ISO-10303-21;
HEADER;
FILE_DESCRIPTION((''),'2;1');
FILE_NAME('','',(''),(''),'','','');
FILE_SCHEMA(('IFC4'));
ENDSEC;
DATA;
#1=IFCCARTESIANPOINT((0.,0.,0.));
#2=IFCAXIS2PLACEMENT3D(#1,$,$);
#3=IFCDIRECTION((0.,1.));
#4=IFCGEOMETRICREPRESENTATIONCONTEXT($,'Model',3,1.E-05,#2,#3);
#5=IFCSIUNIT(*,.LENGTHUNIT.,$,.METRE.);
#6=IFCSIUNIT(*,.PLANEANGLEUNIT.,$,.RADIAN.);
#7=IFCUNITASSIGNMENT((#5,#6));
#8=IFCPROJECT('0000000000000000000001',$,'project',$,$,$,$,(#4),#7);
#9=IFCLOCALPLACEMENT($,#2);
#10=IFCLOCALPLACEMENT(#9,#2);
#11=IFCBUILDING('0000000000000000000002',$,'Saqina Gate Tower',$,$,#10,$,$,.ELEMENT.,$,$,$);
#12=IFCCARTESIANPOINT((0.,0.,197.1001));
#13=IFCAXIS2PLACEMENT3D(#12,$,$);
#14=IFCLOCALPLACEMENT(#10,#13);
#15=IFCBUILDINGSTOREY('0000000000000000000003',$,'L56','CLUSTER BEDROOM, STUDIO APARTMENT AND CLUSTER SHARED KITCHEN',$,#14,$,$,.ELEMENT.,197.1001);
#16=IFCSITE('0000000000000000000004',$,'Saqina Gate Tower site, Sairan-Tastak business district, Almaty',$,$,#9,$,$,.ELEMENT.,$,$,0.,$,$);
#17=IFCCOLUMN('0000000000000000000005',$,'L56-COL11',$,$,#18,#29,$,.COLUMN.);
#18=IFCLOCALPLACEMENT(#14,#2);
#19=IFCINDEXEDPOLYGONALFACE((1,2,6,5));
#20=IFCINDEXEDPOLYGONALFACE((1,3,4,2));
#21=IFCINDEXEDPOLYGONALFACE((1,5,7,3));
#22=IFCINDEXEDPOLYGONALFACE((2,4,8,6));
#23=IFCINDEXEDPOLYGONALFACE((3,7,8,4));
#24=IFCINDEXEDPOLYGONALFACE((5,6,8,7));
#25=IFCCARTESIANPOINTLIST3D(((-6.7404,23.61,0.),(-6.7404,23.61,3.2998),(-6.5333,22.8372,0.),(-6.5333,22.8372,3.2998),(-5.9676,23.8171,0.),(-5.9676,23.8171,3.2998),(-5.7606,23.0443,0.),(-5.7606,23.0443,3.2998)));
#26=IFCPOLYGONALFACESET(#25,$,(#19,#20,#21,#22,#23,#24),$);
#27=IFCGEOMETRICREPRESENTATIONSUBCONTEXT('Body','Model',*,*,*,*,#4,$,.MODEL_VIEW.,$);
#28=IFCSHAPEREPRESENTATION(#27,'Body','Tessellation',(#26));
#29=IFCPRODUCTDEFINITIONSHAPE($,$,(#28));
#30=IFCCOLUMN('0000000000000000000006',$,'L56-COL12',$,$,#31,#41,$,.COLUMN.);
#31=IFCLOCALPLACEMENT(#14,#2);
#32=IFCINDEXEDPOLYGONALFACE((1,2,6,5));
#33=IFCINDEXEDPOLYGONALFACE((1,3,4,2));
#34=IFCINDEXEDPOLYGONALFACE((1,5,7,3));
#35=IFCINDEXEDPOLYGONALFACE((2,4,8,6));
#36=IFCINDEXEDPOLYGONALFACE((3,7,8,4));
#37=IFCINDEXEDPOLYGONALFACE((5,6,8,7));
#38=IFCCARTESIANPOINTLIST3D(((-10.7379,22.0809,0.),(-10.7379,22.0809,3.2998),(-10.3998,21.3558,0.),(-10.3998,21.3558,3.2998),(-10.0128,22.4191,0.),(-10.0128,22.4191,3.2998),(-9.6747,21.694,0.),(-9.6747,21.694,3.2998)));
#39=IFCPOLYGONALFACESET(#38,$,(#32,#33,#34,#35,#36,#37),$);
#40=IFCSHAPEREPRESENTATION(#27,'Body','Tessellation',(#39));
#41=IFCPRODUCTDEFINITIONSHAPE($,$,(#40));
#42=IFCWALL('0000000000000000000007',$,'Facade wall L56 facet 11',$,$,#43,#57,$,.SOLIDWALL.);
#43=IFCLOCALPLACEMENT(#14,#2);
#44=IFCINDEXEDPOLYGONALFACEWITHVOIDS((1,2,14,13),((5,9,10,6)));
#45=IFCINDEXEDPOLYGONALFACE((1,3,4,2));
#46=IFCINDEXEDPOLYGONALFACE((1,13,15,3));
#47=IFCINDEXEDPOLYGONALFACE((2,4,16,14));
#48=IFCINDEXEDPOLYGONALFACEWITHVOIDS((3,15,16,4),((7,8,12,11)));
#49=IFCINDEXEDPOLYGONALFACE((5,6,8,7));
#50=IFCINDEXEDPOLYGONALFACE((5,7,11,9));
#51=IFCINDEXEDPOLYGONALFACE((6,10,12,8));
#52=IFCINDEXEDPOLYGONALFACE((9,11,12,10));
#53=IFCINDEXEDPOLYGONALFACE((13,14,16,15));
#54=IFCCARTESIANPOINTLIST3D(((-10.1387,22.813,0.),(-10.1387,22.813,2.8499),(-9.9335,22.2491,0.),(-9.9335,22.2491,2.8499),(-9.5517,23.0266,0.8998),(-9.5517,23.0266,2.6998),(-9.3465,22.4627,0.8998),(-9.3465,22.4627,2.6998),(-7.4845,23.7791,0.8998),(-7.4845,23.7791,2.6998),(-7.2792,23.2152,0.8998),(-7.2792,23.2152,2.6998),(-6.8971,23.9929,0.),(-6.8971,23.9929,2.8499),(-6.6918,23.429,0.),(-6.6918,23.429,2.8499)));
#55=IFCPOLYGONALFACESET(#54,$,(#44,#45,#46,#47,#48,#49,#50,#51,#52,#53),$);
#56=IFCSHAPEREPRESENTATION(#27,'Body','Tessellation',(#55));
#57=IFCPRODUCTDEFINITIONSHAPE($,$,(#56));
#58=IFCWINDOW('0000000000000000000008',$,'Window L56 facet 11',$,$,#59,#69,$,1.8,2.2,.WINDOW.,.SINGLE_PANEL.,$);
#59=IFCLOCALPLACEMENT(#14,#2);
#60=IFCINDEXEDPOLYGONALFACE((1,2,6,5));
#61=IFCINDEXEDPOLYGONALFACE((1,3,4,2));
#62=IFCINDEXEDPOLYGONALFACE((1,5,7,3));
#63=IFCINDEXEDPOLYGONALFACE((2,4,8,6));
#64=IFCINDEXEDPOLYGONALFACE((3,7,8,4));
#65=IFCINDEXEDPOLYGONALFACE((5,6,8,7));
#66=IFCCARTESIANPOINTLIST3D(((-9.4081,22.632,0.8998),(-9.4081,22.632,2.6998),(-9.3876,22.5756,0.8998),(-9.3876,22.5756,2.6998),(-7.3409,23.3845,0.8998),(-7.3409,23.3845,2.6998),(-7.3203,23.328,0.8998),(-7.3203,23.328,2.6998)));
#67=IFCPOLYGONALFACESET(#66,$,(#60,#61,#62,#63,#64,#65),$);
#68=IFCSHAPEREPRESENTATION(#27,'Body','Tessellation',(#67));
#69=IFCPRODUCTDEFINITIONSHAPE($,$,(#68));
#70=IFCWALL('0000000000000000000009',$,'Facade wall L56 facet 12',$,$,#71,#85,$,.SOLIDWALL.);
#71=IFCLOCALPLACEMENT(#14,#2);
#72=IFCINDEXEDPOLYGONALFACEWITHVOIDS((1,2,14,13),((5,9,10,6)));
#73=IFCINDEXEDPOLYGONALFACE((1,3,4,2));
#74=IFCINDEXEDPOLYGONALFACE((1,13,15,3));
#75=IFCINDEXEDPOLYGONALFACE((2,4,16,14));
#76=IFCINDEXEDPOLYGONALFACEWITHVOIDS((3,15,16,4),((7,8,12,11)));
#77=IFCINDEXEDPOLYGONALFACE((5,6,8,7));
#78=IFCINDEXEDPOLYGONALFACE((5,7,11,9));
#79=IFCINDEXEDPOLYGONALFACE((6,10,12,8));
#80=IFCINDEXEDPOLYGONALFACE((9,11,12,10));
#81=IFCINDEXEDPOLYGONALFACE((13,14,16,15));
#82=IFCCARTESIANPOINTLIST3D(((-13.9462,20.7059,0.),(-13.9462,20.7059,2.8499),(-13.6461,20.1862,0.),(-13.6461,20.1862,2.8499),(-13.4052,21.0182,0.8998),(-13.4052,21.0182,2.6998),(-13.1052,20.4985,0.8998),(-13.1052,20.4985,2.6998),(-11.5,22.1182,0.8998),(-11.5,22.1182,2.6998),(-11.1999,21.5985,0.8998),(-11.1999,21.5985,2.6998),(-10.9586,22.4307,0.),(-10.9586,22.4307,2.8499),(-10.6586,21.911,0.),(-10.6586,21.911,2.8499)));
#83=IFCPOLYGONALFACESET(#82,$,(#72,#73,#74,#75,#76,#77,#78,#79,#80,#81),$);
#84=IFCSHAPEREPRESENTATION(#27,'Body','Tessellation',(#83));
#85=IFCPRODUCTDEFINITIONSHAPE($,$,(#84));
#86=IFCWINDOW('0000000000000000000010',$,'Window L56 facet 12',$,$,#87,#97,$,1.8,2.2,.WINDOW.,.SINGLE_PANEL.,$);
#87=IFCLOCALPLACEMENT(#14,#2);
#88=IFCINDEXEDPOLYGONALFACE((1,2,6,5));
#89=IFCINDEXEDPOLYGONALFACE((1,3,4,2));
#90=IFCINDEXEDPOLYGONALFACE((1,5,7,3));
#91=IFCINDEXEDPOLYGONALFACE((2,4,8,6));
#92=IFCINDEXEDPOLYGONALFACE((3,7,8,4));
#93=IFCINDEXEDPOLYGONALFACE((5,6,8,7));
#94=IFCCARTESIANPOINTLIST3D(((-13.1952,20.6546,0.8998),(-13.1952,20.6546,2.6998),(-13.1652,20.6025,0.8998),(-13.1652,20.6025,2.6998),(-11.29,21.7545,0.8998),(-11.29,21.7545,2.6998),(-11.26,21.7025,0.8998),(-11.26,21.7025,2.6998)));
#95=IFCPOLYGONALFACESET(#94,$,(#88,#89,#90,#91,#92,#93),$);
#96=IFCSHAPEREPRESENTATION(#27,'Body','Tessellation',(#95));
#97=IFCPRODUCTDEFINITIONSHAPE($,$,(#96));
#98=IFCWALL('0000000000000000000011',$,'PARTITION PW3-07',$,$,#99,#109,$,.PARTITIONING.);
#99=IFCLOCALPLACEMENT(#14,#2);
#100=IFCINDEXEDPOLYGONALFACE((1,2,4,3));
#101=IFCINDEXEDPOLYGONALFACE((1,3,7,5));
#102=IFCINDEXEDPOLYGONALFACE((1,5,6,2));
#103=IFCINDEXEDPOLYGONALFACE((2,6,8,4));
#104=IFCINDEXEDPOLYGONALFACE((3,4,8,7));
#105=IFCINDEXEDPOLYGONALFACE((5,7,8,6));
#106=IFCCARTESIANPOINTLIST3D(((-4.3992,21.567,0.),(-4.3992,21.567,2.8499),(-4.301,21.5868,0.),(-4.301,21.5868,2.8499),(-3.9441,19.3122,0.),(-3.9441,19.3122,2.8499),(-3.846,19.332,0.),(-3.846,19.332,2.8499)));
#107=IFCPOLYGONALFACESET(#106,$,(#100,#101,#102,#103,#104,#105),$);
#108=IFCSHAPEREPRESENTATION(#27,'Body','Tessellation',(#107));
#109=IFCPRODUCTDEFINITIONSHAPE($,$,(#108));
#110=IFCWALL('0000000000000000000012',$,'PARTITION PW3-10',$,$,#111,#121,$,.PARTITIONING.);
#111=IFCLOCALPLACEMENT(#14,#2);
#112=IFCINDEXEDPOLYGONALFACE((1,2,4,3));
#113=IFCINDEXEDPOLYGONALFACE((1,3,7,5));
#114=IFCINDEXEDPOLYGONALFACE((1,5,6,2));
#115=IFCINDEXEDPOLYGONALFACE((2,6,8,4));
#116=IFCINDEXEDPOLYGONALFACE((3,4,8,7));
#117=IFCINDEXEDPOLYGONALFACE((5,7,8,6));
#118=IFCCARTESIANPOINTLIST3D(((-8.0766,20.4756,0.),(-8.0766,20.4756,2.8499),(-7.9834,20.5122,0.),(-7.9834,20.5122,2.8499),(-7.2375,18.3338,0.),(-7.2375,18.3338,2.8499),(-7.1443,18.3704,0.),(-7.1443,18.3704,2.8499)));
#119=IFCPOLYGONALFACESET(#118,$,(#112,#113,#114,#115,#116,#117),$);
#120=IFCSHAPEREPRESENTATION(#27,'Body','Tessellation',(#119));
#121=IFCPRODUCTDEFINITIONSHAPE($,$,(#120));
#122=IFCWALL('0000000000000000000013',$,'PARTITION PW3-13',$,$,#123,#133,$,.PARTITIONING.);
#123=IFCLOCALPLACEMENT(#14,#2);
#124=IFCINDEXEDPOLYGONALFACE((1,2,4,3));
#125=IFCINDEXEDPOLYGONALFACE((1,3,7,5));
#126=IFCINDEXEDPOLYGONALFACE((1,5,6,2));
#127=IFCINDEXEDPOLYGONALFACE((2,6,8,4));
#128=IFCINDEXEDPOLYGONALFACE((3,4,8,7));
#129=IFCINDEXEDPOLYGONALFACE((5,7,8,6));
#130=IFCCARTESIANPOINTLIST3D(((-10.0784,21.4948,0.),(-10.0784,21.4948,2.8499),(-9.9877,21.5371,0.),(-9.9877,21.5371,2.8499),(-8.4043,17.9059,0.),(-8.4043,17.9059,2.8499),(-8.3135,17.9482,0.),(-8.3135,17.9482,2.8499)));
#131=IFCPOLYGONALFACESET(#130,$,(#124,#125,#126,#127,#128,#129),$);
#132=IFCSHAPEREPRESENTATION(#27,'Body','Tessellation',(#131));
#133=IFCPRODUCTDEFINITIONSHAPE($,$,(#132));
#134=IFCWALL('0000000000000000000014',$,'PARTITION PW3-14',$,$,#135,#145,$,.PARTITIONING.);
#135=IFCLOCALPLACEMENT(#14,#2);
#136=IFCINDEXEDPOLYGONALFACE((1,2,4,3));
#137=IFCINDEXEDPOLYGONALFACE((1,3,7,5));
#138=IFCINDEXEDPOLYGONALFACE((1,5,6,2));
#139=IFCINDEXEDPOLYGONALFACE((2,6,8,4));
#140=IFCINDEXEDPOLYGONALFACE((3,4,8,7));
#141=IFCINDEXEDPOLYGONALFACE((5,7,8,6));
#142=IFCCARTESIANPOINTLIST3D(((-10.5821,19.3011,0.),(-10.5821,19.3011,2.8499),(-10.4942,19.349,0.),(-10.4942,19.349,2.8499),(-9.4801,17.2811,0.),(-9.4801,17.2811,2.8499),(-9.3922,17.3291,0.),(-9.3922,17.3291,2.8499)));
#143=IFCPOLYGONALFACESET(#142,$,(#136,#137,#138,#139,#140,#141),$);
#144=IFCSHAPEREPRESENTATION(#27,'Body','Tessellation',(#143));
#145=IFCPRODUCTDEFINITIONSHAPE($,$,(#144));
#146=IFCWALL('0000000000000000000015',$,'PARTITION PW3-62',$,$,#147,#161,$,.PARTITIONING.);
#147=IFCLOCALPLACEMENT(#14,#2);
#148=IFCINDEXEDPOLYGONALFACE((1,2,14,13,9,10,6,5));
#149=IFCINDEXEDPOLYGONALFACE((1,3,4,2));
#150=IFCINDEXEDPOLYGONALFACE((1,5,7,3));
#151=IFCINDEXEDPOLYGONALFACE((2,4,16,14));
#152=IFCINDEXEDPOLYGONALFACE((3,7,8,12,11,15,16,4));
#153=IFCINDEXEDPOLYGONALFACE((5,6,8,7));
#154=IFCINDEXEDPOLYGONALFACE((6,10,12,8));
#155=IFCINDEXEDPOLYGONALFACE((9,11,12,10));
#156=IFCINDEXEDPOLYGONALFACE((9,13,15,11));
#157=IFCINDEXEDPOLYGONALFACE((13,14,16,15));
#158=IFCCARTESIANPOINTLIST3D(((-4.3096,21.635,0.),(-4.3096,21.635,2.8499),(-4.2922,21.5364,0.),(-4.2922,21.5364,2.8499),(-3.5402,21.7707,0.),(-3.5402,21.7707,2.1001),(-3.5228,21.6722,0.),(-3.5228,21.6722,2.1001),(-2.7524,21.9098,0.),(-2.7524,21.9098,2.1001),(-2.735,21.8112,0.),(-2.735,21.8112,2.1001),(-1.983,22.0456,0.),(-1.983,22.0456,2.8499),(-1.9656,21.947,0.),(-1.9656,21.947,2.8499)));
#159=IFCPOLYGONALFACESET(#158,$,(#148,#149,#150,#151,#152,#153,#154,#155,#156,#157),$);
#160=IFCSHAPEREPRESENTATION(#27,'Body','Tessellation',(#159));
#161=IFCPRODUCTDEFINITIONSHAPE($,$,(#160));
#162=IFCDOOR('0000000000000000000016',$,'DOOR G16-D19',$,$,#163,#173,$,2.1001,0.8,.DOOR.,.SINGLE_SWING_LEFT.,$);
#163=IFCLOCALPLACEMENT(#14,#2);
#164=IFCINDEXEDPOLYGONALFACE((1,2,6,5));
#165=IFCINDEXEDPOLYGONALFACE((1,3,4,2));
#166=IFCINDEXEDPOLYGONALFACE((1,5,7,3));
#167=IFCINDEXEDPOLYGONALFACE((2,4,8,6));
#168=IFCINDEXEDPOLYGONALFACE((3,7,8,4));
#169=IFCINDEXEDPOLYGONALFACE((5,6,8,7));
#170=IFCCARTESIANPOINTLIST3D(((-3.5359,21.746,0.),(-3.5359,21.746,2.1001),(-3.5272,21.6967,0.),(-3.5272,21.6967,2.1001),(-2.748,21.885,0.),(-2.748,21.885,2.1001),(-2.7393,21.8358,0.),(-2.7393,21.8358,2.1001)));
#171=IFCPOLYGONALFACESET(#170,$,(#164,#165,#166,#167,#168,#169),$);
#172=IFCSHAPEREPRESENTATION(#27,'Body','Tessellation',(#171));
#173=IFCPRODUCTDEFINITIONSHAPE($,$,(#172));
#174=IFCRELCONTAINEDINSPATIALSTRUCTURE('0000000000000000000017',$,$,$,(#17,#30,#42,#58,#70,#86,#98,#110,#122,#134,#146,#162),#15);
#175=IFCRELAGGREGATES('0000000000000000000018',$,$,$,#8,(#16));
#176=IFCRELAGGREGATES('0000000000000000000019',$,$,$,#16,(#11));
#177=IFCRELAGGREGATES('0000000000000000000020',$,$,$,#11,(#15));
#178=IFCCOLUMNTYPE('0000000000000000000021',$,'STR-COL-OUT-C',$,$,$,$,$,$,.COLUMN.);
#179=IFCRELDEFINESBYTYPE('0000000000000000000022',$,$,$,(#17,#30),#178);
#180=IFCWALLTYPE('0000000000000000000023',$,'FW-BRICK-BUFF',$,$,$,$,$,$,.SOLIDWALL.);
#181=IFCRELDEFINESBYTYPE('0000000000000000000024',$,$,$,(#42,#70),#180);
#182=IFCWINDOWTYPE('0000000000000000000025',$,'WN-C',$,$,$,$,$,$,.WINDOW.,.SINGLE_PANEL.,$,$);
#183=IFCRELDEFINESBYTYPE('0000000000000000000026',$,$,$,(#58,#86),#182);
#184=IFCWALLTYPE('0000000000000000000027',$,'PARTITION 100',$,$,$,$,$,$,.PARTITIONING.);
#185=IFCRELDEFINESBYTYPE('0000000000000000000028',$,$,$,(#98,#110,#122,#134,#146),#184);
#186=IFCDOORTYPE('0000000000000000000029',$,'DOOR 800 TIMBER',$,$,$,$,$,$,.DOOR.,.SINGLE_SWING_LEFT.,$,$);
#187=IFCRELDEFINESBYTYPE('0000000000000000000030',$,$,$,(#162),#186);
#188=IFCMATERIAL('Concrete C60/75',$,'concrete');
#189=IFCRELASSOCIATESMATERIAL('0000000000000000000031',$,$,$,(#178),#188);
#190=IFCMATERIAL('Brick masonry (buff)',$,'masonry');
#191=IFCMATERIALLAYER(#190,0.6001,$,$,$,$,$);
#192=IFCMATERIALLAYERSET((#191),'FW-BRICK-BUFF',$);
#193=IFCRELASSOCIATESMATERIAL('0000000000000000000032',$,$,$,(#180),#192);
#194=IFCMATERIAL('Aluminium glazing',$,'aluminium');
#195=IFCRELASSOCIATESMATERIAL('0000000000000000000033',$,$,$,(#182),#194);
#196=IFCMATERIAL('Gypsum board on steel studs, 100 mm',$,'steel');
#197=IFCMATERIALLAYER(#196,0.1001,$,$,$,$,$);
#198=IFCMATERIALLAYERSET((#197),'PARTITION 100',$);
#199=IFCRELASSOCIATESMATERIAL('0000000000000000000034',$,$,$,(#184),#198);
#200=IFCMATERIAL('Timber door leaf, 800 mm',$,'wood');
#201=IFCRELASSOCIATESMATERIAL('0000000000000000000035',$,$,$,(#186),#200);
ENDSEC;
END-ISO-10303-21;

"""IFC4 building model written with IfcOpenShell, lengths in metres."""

from ifc_helpers import new_model, si_unit, direction, frame, frame_2d, origin, origin_2d, place, context, subcontext, project, spatial, rectangle, extrude, material, layer, layer_set, material_profile, profile_set, type_object, element, fill, save


model = new_model("IFC4")

# Units and contexts
model_context = context("Model", 3, precision=1e-05, world=origin(), true_north=direction((0.0, 1.0)))
body_context = subcontext(model_context, "Body", "Model", "MODEL_VIEW")
ifc_project = project(units=[si_unit("LENGTHUNIT", "METRE"), si_unit("PLANEANGLEUNIT", "RADIAN")], contexts=[model_context])

# Site, building, storey
site_placement = place(None, origin())
site = spatial("IfcSite", under=ifc_project, at=site_placement, Name="Saqina Gate Tower site, Sairan-Tastak business district, Almaty", CompositionType="ELEMENT", RefElevation=0.0)
building_placement = place(site_placement, origin())
building = spatial("IfcBuilding", under=site, at=building_placement, Name="Saqina Gate Tower", CompositionType="ELEMENT")
storey_placement = place(building_placement, frame((0.0, 0.0, 197.1001)))
storey = spatial("IfcBuildingStorey", under=building, at=storey_placement, Name="L56", Description="CLUSTER BEDROOM, STUDIO APARTMENT AND CLUSTER SHARED KITCHEN", CompositionType="ELEMENT", Elevation=197.1001)

# Columns
ifc_material_1 = material(Name="Concrete C60/75", Category="concrete")
ifc_material_profile = material_profile(ifc_material_1, rectangle(XDim=0.8, YDim=0.8, at=origin_2d()), Name="RC 800x800")
ifc_profile_set = profile_set([ifc_material_profile], Name="Concrete C60/75")
column_type = type_object("IfcColumnType", Name="STR-COL-OUT-C", PredefinedType="COLUMN", material=ifc_profile_set)
for number, where, z_axis, x_axis, name in (
    (1, (-6.2505, 23.3271, 0.0), (0.0, 0.0, 1.0), (-0.258819, 0.965926, 0.0), "L56-COL11"),
    (2, (-10.2063, 21.8875, 0.0), (0.0, 0.0, 1.0), (-0.422618, 0.906308, 0.0), "L56-COL12"),
):
    element("IfcColumn", number, at=place(storey_placement, frame(where, z_axis=z_axis, x_axis=x_axis)), inside=storey, type_object=column_type, Name=name, PredefinedType="COLUMN", context=body_context, shape_type="SweptSolid", body=[
        extrude(rectangle(XDim=0.8, YDim=0.8, at=origin_2d()), origin(), (0.0, 0.0, 1.0), 3.2998),
    ])

# Walls, openings, windows
ifc_material_2 = material(Name="Brick masonry (buff)", Category="masonry")
ifc_layer_1 = layer(ifc_material_2, 0.6001)
ifc_layer_set_1 = layer_set([ifc_layer_1], Name="FW-BRICK-BUFF")
wall_type_1 = type_object("IfcWallType", Name="FW-BRICK-BUFF", PredefinedType="SOLIDWALL", material=ifc_layer_set_1)
wall_1_placement = place(storey_placement, frame((-6.7944, 23.7109, 0.0), z_axis=(0.0, 0.0, 1.0), x_axis=(-0.939688, -0.342033, 0.0)))
wall_1 = element("IfcWall", 3, at=wall_1_placement, inside=storey, type_object=wall_type_1, Name="Facade wall L56 facet 11", PredefinedType="SOLIDWALL", context=body_context, shape_type="SweptSolid", body=[
    extrude(rectangle(XDim=3.4497, YDim=0.6001, at=frame_2d((1.7249, 0.0))), origin(), (0.0, 0.0, 1.0), 2.8499),
])
opening_1_placement = place(wall_1_placement, frame((0.625, 0.0, 0.8999)))
opening_1 = element("IfcOpeningElement", 4, at=opening_1_placement, cuts=wall_1, PredefinedType="OPENING", context=body_context, shape_type="SweptSolid", body=[
    extrude(rectangle(XDim=2.2, YDim=1.8, at=frame_2d((1.1001, 0.8999))), frame((0.0, 0.312, 0.0), z_axis=(0.0, -1.0, 0.0), x_axis=(1.0, 0.0, 0.0)), (0.0, 0.0, 1.0), 0.624),
])
ifc_material_3 = material(Name="Aluminium glazing", Category="aluminium")
window_type = type_object("IfcWindowType", Name="WN-C", PartitioningType="SINGLE_PANEL", PredefinedType="WINDOW", material=ifc_material_3)
window_1_placement = place(opening_1_placement, origin())
window_1 = element("IfcWindow", 5, at=window_1_placement, inside=storey, type_object=window_type, Name="Window L56 facet 11", OverallHeight=1.8, OverallWidth=2.2, PartitioningType="SINGLE_PANEL", PredefinedType="WINDOW", context=body_context, shape_type="SweptSolid", body=[
    extrude(rectangle(XDim=2.2, YDim=1.8, at=frame_2d((1.1001, 0.8999))), frame((0.0, 0.1799, 0.0), z_axis=(0.0, -1.0, 0.0), x_axis=(1.0, 0.0, 0.0)), (0.0, 0.0, 1.0), 0.0601),
])
fill(opening_1, window_1)
wall_2_placement = place(storey_placement, frame((-10.8086, 22.1709, 0.0), z_axis=(0.0, 0.0, 1.0), x_axis=(-0.866026, -0.499998, 0.0)))
wall_2 = element("IfcWall", 6, at=wall_2_placement, inside=storey, type_object=wall_type_1, Name="Facade wall L56 facet 12", PredefinedType="SOLIDWALL", context=body_context, shape_type="SweptSolid", body=[
    extrude(rectangle(XDim=3.4497, YDim=0.6001, at=frame_2d((1.7249, 0.0))), origin(), (0.0, 0.0, 1.0), 2.8499),
])
opening_2_placement = place(wall_2_placement, frame((0.625, 0.0, 0.8999)))
opening_2 = element("IfcOpeningElement", 7, at=opening_2_placement, cuts=wall_2, PredefinedType="OPENING", context=body_context, shape_type="SweptSolid", body=[
    extrude(rectangle(XDim=2.2, YDim=1.8, at=frame_2d((1.1001, 0.8999))), frame((0.0, 0.312, 0.0), z_axis=(0.0, -1.0, 0.0), x_axis=(1.0, 0.0, 0.0)), (0.0, 0.0, 1.0), 0.624),
])
window_2_placement = place(opening_2_placement, origin())
window_2 = element("IfcWindow", 8, at=window_2_placement, inside=storey, type_object=window_type, Name="Window L56 facet 12", OverallHeight=1.8, OverallWidth=2.2, PartitioningType="SINGLE_PANEL", PredefinedType="WINDOW", context=body_context, shape_type="SweptSolid", body=[
    extrude(rectangle(XDim=2.2, YDim=1.8, at=frame_2d((1.1001, 0.8999))), frame((0.0, 0.1799, 0.0), z_axis=(0.0, -1.0, 0.0), x_axis=(1.0, 0.0, 0.0)), (0.0, 0.0, 1.0), 0.0601),
])
fill(opening_2, window_2)

# Walls
ifc_material_4 = material(Name="Gypsum board on steel studs, 100 mm", Category="steel")
ifc_layer_2 = layer(ifc_material_4, 0.1001)
ifc_layer_set_2 = layer_set([ifc_layer_2], Name="PARTITION 100")
wall_type_2 = type_object("IfcWallType", Name="PARTITION 100", PredefinedType="PARTITIONING", material=ifc_layer_set_2)
for number, where, z_axis, x_axis, name in (
    (9, (-4.3501, 21.5769, 0.0), (0.0, 0.0, 1.0), (0.19783, -0.980236, 0.0), "PARTITION PW3-07"),
    (10, (-8.03, 20.4939, 0.0), (0.0, 0.0, 1.0), (0.364775, -0.931096, 0.0), "PARTITION PW3-10"),
):
    element("IfcWall", number, at=place(storey_placement, frame(where, z_axis=z_axis, x_axis=x_axis)), inside=storey, type_object=wall_type_2, Name=name, PredefinedType="PARTITIONING", context=body_context, shape_type="SweptSolid", body=[
        extrude(rectangle(XDim=2.3003, YDim=0.1001, at=frame_2d((1.1501, 0.0))), origin(), (0.0, 0.0, 1.0), 2.8499),
    ])
wall_3_placement = place(storey_placement, frame((-10.033, 21.5159, 0.0), z_axis=(0.0, 0.0, 1.0), x_axis=(0.422734, -0.906254, 0.0)))
element("IfcWall", 11, at=wall_3_placement, inside=storey, type_object=wall_type_2, Name="PARTITION PW3-13", PredefinedType="PARTITIONING", context=body_context, shape_type="SweptSolid", body=[
    extrude(rectangle(XDim=3.9602, YDim=0.1001, at=frame_2d((1.98, 0.0))), origin(), (0.0, 0.0, 1.0), 2.8499),
])
wall_4_placement = place(storey_placement, frame((-10.5381, 19.325, 0.0), z_axis=(0.0, 0.0, 1.0), x_axis=(0.478926, -0.877855, 0.0)))
element("IfcWall", 12, at=wall_4_placement, inside=storey, type_object=wall_type_2, Name="PARTITION PW3-14", PredefinedType="PARTITIONING", context=body_context, shape_type="SweptSolid", body=[
    extrude(rectangle(XDim=2.301, YDim=0.1001, at=frame_2d((1.1504, 0.0))), origin(), (0.0, 0.0, 1.0), 2.8499),
])

# Wall, opening, door
wall_5_placement = place(storey_placement, frame((-4.3008, 21.5857, 0.0), z_axis=(0.0, 0.0, 1.0), x_axis=(0.984779, 0.173809, 0.0)))
wall_5 = element("IfcWall", 13, at=wall_5_placement, inside=storey, type_object=wall_type_2, Name="PARTITION PW3-62", PredefinedType="PARTITIONING", context=body_context, shape_type="SweptSolid", body=[
    extrude(rectangle(XDim=2.3625, YDim=0.1001, at=frame_2d((1.1812, 0.0))), origin(), (0.0, 0.0, 1.0), 2.8499),
])
opening_3_placement = place(wall_5_placement, frame((0.7812, 0.0, 0.0)))
opening_3 = element("IfcOpeningElement", 14, at=opening_3_placement, cuts=wall_5, PredefinedType="OPENING", context=body_context, shape_type="SweptSolid", body=[
    extrude(rectangle(XDim=0.8, YDim=2.1001, at=frame_2d((0.3999, 1.05))), frame((0.0, 0.062, 0.0), z_axis=(0.0, -1.0, 0.0), x_axis=(1.0, 0.0, 0.0)), (0.0, 0.0, 1.0), 0.124),
])
ifc_material_5 = material(Name="Timber door leaf, 800 mm", Category="wood")
door_type_1 = type_object("IfcDoorType", Name="DOOR 800 TIMBER", OperationType="SINGLE_SWING_LEFT", PredefinedType="DOOR", material=ifc_material_5)
door_1_placement = place(opening_3_placement, origin())
door_1 = element("IfcDoor", 15, at=door_1_placement, inside=storey, type_object=door_type_1, Name="DOOR G16-D19", OperationType="SINGLE_SWING_LEFT", OverallHeight=2.1001, OverallWidth=0.8, PredefinedType="DOOR", context=body_context, shape_type="SweptSolid", body=[
    extrude(rectangle(XDim=0.8, YDim=2.1001, at=frame_2d((0.3999, 1.05))), frame((0.0, 0.0249, 0.0), z_axis=(0.0, -1.0, 0.0), x_axis=(1.0, 0.0, 0.0)), (0.0, 0.0, 1.0), 0.05),
])
fill(opening_3, door_1)

save(model, "model.ifc")
